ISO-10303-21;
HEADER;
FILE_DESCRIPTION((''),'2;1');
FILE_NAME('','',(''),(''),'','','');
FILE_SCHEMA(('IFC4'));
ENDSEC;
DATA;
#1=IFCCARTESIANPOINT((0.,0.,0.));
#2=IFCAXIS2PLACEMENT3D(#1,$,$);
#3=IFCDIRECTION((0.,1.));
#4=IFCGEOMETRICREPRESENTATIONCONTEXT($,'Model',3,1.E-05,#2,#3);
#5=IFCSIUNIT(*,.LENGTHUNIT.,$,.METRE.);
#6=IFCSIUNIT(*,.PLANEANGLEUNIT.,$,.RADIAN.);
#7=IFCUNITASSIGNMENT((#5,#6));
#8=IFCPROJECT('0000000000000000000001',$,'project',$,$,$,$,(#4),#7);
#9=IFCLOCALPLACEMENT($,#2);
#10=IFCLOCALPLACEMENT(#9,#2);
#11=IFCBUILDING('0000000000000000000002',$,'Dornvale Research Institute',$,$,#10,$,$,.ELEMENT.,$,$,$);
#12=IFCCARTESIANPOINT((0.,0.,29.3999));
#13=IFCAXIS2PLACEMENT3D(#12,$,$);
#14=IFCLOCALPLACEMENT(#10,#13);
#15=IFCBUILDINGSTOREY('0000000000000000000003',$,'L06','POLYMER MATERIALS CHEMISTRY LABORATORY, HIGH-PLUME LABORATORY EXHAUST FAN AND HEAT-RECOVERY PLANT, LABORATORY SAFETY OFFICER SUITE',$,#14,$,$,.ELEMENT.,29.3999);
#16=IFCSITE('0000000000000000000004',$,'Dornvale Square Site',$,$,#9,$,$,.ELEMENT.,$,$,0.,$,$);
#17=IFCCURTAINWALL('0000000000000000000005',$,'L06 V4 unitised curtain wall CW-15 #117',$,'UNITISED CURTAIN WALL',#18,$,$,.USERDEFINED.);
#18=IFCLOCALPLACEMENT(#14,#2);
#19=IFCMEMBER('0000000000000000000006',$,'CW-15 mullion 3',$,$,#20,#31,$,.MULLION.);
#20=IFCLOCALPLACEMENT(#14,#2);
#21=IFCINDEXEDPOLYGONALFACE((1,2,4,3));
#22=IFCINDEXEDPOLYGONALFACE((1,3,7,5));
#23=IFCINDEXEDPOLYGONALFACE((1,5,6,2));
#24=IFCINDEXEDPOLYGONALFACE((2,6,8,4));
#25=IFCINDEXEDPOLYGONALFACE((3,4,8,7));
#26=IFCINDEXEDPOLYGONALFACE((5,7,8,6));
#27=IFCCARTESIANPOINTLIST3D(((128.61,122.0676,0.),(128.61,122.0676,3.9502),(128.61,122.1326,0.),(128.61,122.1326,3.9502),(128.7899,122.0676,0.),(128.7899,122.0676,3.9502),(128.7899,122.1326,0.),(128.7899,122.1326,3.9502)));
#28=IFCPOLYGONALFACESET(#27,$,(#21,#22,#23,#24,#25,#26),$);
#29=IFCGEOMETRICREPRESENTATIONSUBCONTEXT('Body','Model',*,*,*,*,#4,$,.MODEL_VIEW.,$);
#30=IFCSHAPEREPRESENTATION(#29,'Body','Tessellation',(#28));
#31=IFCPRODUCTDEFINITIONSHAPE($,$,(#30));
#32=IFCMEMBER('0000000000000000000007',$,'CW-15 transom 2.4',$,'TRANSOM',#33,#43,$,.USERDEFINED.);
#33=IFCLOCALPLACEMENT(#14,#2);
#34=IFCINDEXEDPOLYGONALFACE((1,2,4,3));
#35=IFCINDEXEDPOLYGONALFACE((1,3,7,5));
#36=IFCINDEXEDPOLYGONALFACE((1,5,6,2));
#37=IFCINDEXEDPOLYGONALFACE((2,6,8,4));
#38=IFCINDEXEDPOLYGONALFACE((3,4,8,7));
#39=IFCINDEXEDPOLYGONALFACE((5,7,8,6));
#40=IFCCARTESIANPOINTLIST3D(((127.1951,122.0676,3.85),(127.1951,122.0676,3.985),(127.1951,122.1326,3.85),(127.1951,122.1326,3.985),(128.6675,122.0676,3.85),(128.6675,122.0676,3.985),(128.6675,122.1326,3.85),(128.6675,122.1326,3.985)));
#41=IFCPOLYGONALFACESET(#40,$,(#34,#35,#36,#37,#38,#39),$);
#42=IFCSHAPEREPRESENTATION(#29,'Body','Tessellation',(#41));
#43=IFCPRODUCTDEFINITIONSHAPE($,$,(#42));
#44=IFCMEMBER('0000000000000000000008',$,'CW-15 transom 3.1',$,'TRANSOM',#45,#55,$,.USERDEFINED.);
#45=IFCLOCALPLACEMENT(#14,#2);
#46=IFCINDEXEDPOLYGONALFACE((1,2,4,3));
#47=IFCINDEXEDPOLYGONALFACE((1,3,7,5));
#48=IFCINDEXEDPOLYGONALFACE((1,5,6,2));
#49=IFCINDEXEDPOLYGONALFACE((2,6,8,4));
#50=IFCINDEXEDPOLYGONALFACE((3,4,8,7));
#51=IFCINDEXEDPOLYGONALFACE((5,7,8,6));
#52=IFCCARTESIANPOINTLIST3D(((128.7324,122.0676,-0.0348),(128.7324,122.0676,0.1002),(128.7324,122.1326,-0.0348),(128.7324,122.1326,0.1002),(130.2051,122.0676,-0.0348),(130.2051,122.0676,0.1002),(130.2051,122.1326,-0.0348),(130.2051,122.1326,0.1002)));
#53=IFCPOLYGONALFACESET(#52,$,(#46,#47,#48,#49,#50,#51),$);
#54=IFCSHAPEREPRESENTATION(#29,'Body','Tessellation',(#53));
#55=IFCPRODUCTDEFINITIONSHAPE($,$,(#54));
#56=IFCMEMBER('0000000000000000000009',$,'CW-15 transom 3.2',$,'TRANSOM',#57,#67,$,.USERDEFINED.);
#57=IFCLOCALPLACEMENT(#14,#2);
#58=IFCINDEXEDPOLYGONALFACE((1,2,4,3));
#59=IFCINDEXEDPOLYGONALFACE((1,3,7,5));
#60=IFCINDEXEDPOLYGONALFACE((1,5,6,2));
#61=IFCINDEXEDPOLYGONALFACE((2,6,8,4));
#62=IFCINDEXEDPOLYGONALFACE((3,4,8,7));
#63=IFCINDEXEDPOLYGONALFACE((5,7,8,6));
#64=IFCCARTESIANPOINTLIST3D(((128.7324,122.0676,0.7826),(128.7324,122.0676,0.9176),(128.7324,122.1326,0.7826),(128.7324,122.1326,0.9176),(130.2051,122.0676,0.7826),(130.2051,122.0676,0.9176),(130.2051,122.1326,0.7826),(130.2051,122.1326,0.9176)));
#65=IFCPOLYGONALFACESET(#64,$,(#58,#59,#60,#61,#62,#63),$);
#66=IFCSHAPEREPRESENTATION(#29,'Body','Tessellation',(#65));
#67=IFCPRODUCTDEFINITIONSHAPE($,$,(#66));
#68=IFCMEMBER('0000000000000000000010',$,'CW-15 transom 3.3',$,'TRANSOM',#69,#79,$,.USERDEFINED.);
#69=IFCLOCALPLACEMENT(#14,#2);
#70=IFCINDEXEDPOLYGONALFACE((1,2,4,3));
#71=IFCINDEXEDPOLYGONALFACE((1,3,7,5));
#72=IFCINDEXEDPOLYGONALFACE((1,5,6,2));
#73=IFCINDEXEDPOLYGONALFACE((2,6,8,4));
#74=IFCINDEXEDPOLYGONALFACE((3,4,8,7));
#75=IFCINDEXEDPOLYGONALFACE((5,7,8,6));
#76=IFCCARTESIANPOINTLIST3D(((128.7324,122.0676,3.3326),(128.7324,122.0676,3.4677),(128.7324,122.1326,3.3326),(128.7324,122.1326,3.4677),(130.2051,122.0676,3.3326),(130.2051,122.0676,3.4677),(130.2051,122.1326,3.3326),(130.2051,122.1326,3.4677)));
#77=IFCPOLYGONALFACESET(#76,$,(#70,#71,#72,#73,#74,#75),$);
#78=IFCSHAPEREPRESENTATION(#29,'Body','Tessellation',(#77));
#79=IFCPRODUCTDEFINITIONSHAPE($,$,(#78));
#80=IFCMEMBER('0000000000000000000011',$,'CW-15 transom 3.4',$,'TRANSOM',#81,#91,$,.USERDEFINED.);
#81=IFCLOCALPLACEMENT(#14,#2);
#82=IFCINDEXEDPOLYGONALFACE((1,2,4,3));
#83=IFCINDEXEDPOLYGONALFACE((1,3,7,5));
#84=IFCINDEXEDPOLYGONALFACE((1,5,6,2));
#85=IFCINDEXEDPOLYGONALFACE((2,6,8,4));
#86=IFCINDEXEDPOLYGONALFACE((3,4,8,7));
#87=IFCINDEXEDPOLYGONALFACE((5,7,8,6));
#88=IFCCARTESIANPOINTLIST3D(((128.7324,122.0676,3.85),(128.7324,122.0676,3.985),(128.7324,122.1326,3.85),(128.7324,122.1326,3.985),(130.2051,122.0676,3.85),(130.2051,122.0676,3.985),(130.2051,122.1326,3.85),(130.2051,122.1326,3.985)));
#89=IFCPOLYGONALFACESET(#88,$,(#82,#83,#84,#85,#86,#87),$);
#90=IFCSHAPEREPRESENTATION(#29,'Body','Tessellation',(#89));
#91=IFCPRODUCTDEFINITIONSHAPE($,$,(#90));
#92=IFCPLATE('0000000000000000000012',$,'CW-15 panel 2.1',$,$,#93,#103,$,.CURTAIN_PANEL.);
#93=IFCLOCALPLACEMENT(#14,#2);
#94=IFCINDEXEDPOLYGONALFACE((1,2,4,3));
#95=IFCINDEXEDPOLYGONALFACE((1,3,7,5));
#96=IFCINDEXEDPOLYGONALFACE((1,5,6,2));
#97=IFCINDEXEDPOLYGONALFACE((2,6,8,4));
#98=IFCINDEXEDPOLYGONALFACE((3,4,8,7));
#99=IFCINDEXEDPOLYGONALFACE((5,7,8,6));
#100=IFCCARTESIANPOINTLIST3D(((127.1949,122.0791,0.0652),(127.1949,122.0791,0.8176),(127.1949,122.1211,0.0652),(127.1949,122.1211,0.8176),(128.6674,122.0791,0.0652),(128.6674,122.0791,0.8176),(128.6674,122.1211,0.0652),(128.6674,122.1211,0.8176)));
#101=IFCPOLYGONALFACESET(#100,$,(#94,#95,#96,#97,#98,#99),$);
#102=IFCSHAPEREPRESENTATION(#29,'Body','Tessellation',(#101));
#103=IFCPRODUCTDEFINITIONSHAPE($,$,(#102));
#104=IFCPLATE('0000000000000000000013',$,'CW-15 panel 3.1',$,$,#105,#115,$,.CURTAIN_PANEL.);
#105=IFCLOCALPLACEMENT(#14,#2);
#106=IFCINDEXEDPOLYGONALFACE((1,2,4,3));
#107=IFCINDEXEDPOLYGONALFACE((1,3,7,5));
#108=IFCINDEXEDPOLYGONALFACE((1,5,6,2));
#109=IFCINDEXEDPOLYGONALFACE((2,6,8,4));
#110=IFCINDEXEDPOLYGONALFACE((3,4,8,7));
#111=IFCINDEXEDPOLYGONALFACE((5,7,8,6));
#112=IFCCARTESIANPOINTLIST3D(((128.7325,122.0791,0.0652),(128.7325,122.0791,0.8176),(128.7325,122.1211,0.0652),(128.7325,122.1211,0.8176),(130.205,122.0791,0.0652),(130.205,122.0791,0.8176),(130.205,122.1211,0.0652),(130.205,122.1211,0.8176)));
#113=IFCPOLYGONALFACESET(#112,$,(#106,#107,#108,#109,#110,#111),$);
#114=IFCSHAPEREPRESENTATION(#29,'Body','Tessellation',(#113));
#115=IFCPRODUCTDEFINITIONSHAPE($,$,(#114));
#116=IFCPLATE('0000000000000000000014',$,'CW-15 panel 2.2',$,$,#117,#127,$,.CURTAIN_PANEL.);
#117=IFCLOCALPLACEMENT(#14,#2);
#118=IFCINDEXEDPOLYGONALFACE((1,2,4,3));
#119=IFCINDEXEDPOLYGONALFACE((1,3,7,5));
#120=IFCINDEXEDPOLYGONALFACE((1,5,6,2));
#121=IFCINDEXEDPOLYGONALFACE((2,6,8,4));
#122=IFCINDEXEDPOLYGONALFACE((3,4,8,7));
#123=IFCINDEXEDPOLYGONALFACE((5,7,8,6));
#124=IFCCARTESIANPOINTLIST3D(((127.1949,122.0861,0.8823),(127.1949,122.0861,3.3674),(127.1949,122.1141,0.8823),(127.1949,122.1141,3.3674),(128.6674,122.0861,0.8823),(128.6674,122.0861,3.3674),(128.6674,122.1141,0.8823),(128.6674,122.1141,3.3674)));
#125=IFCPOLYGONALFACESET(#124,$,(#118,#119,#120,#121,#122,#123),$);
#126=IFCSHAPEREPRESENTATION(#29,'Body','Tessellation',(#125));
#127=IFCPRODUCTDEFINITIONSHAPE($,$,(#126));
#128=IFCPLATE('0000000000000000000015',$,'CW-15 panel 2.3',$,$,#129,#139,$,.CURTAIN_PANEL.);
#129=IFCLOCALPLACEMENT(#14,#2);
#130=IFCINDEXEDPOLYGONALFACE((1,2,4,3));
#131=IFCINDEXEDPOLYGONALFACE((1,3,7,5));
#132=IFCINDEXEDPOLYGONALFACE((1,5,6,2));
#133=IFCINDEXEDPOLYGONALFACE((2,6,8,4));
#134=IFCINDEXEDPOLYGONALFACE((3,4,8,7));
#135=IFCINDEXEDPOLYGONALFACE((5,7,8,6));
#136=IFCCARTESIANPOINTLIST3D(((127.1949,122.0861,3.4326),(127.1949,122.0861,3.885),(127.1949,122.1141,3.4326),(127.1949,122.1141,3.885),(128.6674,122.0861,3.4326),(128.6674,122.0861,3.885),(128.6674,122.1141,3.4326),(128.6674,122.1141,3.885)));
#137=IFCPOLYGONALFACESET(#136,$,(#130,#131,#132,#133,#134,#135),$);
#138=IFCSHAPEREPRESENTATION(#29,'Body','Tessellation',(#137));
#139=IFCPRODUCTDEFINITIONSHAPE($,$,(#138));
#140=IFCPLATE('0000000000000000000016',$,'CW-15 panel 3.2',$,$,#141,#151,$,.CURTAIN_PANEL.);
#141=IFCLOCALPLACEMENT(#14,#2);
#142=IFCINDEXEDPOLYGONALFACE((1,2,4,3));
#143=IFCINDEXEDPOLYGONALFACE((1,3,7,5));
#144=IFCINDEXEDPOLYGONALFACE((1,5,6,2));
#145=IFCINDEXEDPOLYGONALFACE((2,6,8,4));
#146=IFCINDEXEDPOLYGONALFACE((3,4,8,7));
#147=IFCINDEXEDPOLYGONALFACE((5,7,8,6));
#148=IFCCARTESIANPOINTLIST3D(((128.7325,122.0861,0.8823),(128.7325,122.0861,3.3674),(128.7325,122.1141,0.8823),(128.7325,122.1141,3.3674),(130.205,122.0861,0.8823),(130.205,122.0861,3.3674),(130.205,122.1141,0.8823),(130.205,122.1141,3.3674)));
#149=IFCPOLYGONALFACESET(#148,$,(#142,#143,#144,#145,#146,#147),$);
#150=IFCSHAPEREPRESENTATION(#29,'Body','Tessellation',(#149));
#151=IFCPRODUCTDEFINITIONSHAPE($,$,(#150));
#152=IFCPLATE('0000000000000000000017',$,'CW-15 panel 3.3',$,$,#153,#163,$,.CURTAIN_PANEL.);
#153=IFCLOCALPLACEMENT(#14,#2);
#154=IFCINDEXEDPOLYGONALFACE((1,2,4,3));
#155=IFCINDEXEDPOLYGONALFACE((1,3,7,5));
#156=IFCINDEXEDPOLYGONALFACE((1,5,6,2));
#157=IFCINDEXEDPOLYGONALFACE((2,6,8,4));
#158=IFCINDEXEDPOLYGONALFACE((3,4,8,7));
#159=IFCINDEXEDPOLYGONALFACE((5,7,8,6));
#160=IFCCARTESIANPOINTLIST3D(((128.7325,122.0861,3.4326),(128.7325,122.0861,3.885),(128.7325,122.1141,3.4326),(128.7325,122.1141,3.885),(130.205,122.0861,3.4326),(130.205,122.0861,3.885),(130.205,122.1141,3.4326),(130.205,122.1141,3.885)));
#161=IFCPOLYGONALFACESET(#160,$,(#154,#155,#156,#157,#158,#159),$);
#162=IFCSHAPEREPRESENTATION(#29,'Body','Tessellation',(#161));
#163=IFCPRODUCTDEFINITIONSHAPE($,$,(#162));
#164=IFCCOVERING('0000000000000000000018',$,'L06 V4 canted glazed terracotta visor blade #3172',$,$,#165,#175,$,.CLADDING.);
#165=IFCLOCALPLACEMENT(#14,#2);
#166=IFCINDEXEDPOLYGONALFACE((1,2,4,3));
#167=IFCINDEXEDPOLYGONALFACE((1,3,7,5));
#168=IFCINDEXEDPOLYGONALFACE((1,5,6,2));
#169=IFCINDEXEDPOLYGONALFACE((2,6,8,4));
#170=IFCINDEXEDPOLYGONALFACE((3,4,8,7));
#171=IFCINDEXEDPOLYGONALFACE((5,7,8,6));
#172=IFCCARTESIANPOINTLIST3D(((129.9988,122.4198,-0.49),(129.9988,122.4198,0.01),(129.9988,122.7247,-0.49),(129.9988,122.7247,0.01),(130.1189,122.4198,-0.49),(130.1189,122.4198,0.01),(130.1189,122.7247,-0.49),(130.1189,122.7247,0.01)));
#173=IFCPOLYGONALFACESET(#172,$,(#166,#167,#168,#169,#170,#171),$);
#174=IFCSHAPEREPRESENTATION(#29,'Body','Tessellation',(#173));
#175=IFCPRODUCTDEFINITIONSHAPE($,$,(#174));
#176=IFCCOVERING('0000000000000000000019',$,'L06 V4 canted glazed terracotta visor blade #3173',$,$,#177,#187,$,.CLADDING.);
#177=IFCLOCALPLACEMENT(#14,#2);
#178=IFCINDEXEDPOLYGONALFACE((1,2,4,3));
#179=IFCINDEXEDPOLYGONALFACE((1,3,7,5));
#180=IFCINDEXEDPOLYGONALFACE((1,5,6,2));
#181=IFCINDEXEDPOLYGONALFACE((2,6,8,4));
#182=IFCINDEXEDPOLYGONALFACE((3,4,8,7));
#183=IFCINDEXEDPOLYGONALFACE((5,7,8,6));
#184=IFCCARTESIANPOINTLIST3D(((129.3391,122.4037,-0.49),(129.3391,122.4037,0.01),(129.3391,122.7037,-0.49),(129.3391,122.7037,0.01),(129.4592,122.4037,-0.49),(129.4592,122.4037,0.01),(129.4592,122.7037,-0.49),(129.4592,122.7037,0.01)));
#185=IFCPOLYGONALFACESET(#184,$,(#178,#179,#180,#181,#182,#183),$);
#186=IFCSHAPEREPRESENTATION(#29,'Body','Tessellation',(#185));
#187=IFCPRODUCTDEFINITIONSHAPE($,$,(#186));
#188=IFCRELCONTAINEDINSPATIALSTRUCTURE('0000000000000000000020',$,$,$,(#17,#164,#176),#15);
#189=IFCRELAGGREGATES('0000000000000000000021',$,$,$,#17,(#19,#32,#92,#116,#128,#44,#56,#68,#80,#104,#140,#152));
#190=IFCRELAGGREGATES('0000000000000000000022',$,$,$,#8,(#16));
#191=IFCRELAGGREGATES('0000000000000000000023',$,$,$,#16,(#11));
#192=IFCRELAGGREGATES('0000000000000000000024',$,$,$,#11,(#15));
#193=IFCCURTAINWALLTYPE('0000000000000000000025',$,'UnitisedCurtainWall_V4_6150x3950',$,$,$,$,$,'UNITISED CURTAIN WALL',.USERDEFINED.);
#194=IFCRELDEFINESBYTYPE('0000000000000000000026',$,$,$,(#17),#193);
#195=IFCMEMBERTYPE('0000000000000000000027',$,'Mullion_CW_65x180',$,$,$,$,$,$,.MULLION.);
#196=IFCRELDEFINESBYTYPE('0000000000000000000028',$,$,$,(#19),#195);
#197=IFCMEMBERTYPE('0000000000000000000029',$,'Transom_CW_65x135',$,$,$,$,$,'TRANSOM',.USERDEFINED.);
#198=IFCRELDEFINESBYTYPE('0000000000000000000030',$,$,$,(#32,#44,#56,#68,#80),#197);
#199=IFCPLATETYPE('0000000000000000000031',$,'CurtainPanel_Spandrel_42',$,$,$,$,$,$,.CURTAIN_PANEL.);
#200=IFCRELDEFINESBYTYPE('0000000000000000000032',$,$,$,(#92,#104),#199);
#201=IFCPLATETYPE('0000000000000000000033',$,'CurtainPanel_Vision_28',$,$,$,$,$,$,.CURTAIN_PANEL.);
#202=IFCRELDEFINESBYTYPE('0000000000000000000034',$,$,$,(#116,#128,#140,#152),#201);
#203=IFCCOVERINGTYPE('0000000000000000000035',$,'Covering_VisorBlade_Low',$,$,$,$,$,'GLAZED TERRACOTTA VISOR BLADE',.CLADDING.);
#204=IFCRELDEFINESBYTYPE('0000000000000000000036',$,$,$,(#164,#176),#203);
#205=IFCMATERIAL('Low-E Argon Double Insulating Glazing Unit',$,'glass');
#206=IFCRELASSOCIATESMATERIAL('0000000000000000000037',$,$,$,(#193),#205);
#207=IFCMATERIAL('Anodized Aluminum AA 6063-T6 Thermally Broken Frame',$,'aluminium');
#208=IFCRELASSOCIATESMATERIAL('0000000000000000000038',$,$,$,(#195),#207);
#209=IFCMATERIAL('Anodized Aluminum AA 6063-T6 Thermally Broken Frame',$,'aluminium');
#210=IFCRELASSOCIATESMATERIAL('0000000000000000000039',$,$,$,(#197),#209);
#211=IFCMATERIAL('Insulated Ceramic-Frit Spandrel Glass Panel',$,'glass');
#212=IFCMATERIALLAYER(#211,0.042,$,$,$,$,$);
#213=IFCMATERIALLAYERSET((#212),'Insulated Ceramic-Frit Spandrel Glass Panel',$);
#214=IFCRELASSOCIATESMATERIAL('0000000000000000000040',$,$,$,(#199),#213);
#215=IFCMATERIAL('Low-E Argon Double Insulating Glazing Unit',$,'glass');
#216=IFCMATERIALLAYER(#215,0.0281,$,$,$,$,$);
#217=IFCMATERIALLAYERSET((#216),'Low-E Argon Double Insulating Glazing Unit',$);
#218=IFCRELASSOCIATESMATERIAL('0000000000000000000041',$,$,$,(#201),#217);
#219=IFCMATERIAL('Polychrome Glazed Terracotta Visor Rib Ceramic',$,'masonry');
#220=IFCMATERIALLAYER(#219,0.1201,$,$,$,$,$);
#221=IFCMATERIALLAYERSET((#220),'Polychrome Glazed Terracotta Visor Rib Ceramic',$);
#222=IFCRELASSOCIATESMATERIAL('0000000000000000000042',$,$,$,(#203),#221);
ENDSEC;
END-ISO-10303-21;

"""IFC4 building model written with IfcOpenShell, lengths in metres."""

from ifc_helpers import new_model, si_unit, direction, frame, origin, origin_2d, place, context, subcontext, project, spatial, rectangle, extrude, material, layer, layer_set, material_profile, profile_set, type_object, element, aggregate, save


model = new_model("IFC4")

# Units and contexts
model_context = context("Model", 3, precision=1e-05, world=origin(), true_north=direction((0.0, 1.0)))
body_context = subcontext(model_context, "Body", "Model", "MODEL_VIEW")
ifc_project = project(units=[si_unit("LENGTHUNIT", "METRE"), si_unit("PLANEANGLEUNIT", "RADIAN")], contexts=[model_context])

# Site, building, storey
site_placement = place(None, origin())
site = spatial("IfcSite", under=ifc_project, at=site_placement, Name="Dornvale Square Site", CompositionType="ELEMENT", RefElevation=0.0)
building_placement = place(site_placement, origin())
building = spatial("IfcBuilding", under=site, at=building_placement, Name="Dornvale Research Institute", CompositionType="ELEMENT")
storey_placement = place(building_placement, frame((0.0, 0.0, 29.3999)))
storey = spatial("IfcBuildingStorey", under=building, at=storey_placement, Name="L06", Description="POLYMER MATERIALS CHEMISTRY LABORATORY, HIGH-PLUME LABORATORY EXHAUST FAN AND HEAT-RECOVERY PLANT, LABORATORY SAFETY OFFICER SUITE", CompositionType="ELEMENT", Elevation=29.3999)

# Curtain wall, members, plates
ifc_material_1 = material(Name="Low-E Argon Double Insulating Glazing Unit", Category="glass")
curtain_wall_type = type_object("IfcCurtainWallType", Name="UnitisedCurtainWall_V4_6150x3950", ElementType="UNITISED CURTAIN WALL", PredefinedType="USERDEFINED", material=ifc_material_1)
curtain_wall_placement = place(storey_placement, origin())
curtain_wall = element("IfcCurtainWall", 1, at=curtain_wall_placement, inside=storey, type_object=curtain_wall_type, Name="L06 V4 unitised curtain wall CW-15 #117", ObjectType="UNITISED CURTAIN WALL", PredefinedType="USERDEFINED")
ifc_material_2 = material(Name="Anodized Aluminum AA 6063-T6 Thermally Broken Frame", Category="aluminium")
ifc_material_profile_1 = material_profile(ifc_material_2, rectangle(XDim=0.0649, YDim=0.1799, at=origin_2d()), Name="ALU MULLION 65x180")
ifc_profile_set_1 = profile_set([ifc_material_profile_1], Name="Anodized Aluminum AA 6063-T6 Thermally Broken Frame")
member_type_1 = type_object("IfcMemberType", Name="Mullion_CW_65x180", PredefinedType="MULLION", material=ifc_profile_set_1)
member_1_placement = place(storey_placement, frame((128.7, 122.1001, 0.0), z_axis=(0.0, 0.0, 1.0), x_axis=(0.0, 1.0, 0.0)))
member_1 = element("IfcMember", 2, at=member_1_placement, type_object=member_type_1, Name="CW-15 mullion 3", PredefinedType="MULLION", context=body_context, shape_type="SweptSolid", body=[
    extrude(rectangle(XDim=0.0649, YDim=0.1799, at=origin_2d()), origin(), (0.0, 0.0, 1.0), 3.9502),
])
ifc_material_3 = material(Name="Anodized Aluminum AA 6063-T6 Thermally Broken Frame", Category="aluminium")
ifc_material_profile_2 = material_profile(ifc_material_3, rectangle(XDim=0.0649, YDim=0.135, at=origin_2d()), Name="ALU TRANSOM 65x135")
ifc_profile_set_2 = profile_set([ifc_material_profile_2], Name="Anodized Aluminum AA 6063-T6 Thermally Broken Frame")
member_type_2 = type_object("IfcMemberType", Name="Transom_CW_65x135", ElementType="TRANSOM", PredefinedType="USERDEFINED", material=ifc_profile_set_2)
member_2_placement = place(storey_placement, frame((127.1951, 122.1001, 3.9175), z_axis=(1.0, 0.0, 0.0), x_axis=(0.0, 1.0, 0.0)))
member_2 = element("IfcMember", 3, at=member_2_placement, type_object=member_type_2, Name="CW-15 transom 2.4", ObjectType="TRANSOM", PredefinedType="USERDEFINED", context=body_context, shape_type="SweptSolid", body=[
    extrude(rectangle(XDim=0.0649, YDim=0.135, at=origin_2d()), origin(), (0.0, 0.0, 1.0), 1.4724),
])
member_3_placement = place(storey_placement, frame((128.7324, 122.1001, 0.0327), z_axis=(1.0, 0.0, 0.0), x_axis=(0.0, 1.0, 0.0)))
member_3 = element("IfcMember", 4, at=member_3_placement, type_object=member_type_2, Name="CW-15 transom 3.1", ObjectType="TRANSOM", PredefinedType="USERDEFINED", context=body_context, shape_type="SweptSolid", body=[
    extrude(rectangle(XDim=0.0649, YDim=0.135, at=origin_2d()), origin(), (0.0, 0.0, 1.0), 1.4727),
])
member_4_placement = place(storey_placement, frame((128.7324, 122.1001, 0.8501), z_axis=(1.0, 0.0, 0.0), x_axis=(0.0, 1.0, 0.0)))
member_4 = element("IfcMember", 5, at=member_4_placement, type_object=member_type_2, Name="CW-15 transom 3.2", ObjectType="TRANSOM", PredefinedType="USERDEFINED", context=body_context, shape_type="SweptSolid", body=[
    extrude(rectangle(XDim=0.0649, YDim=0.135, at=origin_2d()), origin(), (0.0, 0.0, 1.0), 1.4727),
])
member_5_placement = place(storey_placement, frame((128.7324, 122.1001, 3.4001), z_axis=(1.0, 0.0, 0.0), x_axis=(0.0, 1.0, 0.0)))
member_5 = element("IfcMember", 6, at=member_5_placement, type_object=member_type_2, Name="CW-15 transom 3.3", ObjectType="TRANSOM", PredefinedType="USERDEFINED", context=body_context, shape_type="SweptSolid", body=[
    extrude(rectangle(XDim=0.0649, YDim=0.135, at=origin_2d()), origin(), (0.0, 0.0, 1.0), 1.4727),
])
member_6_placement = place(storey_placement, frame((128.7324, 122.1001, 3.9175), z_axis=(1.0, 0.0, 0.0), x_axis=(0.0, 1.0, 0.0)))
member_6 = element("IfcMember", 7, at=member_6_placement, type_object=member_type_2, Name="CW-15 transom 3.4", ObjectType="TRANSOM", PredefinedType="USERDEFINED", context=body_context, shape_type="SweptSolid", body=[
    extrude(rectangle(XDim=0.0649, YDim=0.135, at=origin_2d()), origin(), (0.0, 0.0, 1.0), 1.4727),
])
ifc_material_4 = material(Name="Insulated Ceramic-Frit Spandrel Glass Panel", Category="glass")
ifc_layer_1 = layer(ifc_material_4, 0.042)
ifc_layer_set_1 = layer_set([ifc_layer_1], Name="Insulated Ceramic-Frit Spandrel Glass Panel")
plate_type_1 = type_object("IfcPlateType", Name="CurtainPanel_Spandrel_42", PredefinedType="CURTAIN_PANEL", material=ifc_layer_set_1)
plate_1_placement = place(storey_placement, frame((127.9312, 122.1001, 0.0652), z_axis=(0.0, 0.0, 1.0), x_axis=(1.0, 0.0, 0.0)))
plate_1 = element("IfcPlate", 8, at=plate_1_placement, type_object=plate_type_1, Name="CW-15 panel 2.1", PredefinedType="CURTAIN_PANEL", context=body_context, shape_type="SweptSolid", body=[
    extrude(rectangle(XDim=1.4724, YDim=0.042, at=origin_2d()), origin(), (0.0, 0.0, 1.0), 0.7524),
])
plate_2_placement = place(storey_placement, frame((129.4688, 122.1001, 0.0652), z_axis=(0.0, 0.0, 1.0), x_axis=(1.0, 0.0, 0.0)))
plate_2 = element("IfcPlate", 9, at=plate_2_placement, type_object=plate_type_1, Name="CW-15 panel 3.1", PredefinedType="CURTAIN_PANEL", context=body_context, shape_type="SweptSolid", body=[
    extrude(rectangle(XDim=1.4724, YDim=0.042, at=origin_2d()), origin(), (0.0, 0.0, 1.0), 0.7524),
])
ifc_material_5 = material(Name="Low-E Argon Double Insulating Glazing Unit", Category="glass")
ifc_layer_2 = layer(ifc_material_5, 0.0281)
ifc_layer_set_2 = layer_set([ifc_layer_2], Name="Low-E Argon Double Insulating Glazing Unit")
plate_type_2 = type_object("IfcPlateType", Name="CurtainPanel_Vision_28", PredefinedType="CURTAIN_PANEL", material=ifc_layer_set_2)
plate_3_placement = place(storey_placement, frame((127.9312, 122.1001, 0.8823), z_axis=(0.0, 0.0, 1.0), x_axis=(1.0, 0.0, 0.0)))
plate_3 = element("IfcPlate", 10, at=plate_3_placement, type_object=plate_type_2, Name="CW-15 panel 2.2", PredefinedType="CURTAIN_PANEL", context=body_context, shape_type="SweptSolid", body=[
    extrude(rectangle(XDim=1.4724, YDim=0.0281, at=origin_2d()), origin(), (0.0, 0.0, 1.0), 2.4851),
])
plate_4_placement = place(storey_placement, frame((127.9312, 122.1001, 3.4326), z_axis=(0.0, 0.0, 1.0), x_axis=(1.0, 0.0, 0.0)))
plate_4 = element("IfcPlate", 11, at=plate_4_placement, type_object=plate_type_2, Name="CW-15 panel 2.3", PredefinedType="CURTAIN_PANEL", context=body_context, shape_type="SweptSolid", body=[
    extrude(rectangle(XDim=1.4724, YDim=0.0281, at=origin_2d()), origin(), (0.0, 0.0, 1.0), 0.4524),
])
plate_5_placement = place(storey_placement, frame((129.4688, 122.1001, 0.8823), z_axis=(0.0, 0.0, 1.0), x_axis=(1.0, 0.0, 0.0)))
plate_5 = element("IfcPlate", 12, at=plate_5_placement, type_object=plate_type_2, Name="CW-15 panel 3.2", PredefinedType="CURTAIN_PANEL", context=body_context, shape_type="SweptSolid", body=[
    extrude(rectangle(XDim=1.4724, YDim=0.0281, at=origin_2d()), origin(), (0.0, 0.0, 1.0), 2.4851),
])
plate_6_placement = place(storey_placement, frame((129.4688, 122.1001, 3.4326), z_axis=(0.0, 0.0, 1.0), x_axis=(1.0, 0.0, 0.0)))
plate_6 = element("IfcPlate", 13, at=plate_6_placement, type_object=plate_type_2, Name="CW-15 panel 3.3", PredefinedType="CURTAIN_PANEL", context=body_context, shape_type="SweptSolid", body=[
    extrude(rectangle(XDim=1.4724, YDim=0.0281, at=origin_2d()), origin(), (0.0, 0.0, 1.0), 0.4524),
])
aggregate(curtain_wall, [member_1, member_2, plate_1, plate_3, plate_4, member_3, member_4, member_5, member_6, plate_2, plate_5, plate_6])

# Coverings
ifc_material_6 = material(Name="Polychrome Glazed Terracotta Visor Rib Ceramic", Category="masonry")
ifc_layer_3 = layer(ifc_material_6, 0.1201)
ifc_layer_set_3 = layer_set([ifc_layer_3], Name="Polychrome Glazed Terracotta Visor Rib Ceramic")
covering_type = type_object("IfcCoveringType", Name="Covering_VisorBlade_Low", ElementType="GLAZED TERRACOTTA VISOR BLADE", PredefinedType="CLADDING", material=ifc_layer_set_3)
covering_1_placement = place(storey_placement, frame((130.0588, 122.5723, -0.49), z_axis=(0.0, 0.0, 1.0), x_axis=(0.0, 1.0, 0.0)))
element("IfcCovering", 14, at=covering_1_placement, inside=storey, type_object=covering_type, Name="L06 V4 canted glazed terracotta visor blade #3172", PredefinedType="CLADDING", context=body_context, shape_type="SweptSolid", body=[
    extrude(rectangle(XDim=0.3049, YDim=0.1201, at=origin_2d()), origin(), (0.0, 0.0, 1.0), 0.5),
])
covering_2_placement = place(storey_placement, frame((129.3992, 122.5537, -0.49), z_axis=(0.0, 0.0, 1.0), x_axis=(0.0, 1.0, 0.0)))
element("IfcCovering", 15, at=covering_2_placement, inside=storey, type_object=covering_type, Name="L06 V4 canted glazed terracotta visor blade #3173", PredefinedType="CLADDING", context=body_context, shape_type="SweptSolid", body=[
    extrude(rectangle(XDim=0.3, YDim=0.1201, at=origin_2d()), origin(), (0.0, 0.0, 1.0), 0.5),
])

save(model, "model.ifc")
